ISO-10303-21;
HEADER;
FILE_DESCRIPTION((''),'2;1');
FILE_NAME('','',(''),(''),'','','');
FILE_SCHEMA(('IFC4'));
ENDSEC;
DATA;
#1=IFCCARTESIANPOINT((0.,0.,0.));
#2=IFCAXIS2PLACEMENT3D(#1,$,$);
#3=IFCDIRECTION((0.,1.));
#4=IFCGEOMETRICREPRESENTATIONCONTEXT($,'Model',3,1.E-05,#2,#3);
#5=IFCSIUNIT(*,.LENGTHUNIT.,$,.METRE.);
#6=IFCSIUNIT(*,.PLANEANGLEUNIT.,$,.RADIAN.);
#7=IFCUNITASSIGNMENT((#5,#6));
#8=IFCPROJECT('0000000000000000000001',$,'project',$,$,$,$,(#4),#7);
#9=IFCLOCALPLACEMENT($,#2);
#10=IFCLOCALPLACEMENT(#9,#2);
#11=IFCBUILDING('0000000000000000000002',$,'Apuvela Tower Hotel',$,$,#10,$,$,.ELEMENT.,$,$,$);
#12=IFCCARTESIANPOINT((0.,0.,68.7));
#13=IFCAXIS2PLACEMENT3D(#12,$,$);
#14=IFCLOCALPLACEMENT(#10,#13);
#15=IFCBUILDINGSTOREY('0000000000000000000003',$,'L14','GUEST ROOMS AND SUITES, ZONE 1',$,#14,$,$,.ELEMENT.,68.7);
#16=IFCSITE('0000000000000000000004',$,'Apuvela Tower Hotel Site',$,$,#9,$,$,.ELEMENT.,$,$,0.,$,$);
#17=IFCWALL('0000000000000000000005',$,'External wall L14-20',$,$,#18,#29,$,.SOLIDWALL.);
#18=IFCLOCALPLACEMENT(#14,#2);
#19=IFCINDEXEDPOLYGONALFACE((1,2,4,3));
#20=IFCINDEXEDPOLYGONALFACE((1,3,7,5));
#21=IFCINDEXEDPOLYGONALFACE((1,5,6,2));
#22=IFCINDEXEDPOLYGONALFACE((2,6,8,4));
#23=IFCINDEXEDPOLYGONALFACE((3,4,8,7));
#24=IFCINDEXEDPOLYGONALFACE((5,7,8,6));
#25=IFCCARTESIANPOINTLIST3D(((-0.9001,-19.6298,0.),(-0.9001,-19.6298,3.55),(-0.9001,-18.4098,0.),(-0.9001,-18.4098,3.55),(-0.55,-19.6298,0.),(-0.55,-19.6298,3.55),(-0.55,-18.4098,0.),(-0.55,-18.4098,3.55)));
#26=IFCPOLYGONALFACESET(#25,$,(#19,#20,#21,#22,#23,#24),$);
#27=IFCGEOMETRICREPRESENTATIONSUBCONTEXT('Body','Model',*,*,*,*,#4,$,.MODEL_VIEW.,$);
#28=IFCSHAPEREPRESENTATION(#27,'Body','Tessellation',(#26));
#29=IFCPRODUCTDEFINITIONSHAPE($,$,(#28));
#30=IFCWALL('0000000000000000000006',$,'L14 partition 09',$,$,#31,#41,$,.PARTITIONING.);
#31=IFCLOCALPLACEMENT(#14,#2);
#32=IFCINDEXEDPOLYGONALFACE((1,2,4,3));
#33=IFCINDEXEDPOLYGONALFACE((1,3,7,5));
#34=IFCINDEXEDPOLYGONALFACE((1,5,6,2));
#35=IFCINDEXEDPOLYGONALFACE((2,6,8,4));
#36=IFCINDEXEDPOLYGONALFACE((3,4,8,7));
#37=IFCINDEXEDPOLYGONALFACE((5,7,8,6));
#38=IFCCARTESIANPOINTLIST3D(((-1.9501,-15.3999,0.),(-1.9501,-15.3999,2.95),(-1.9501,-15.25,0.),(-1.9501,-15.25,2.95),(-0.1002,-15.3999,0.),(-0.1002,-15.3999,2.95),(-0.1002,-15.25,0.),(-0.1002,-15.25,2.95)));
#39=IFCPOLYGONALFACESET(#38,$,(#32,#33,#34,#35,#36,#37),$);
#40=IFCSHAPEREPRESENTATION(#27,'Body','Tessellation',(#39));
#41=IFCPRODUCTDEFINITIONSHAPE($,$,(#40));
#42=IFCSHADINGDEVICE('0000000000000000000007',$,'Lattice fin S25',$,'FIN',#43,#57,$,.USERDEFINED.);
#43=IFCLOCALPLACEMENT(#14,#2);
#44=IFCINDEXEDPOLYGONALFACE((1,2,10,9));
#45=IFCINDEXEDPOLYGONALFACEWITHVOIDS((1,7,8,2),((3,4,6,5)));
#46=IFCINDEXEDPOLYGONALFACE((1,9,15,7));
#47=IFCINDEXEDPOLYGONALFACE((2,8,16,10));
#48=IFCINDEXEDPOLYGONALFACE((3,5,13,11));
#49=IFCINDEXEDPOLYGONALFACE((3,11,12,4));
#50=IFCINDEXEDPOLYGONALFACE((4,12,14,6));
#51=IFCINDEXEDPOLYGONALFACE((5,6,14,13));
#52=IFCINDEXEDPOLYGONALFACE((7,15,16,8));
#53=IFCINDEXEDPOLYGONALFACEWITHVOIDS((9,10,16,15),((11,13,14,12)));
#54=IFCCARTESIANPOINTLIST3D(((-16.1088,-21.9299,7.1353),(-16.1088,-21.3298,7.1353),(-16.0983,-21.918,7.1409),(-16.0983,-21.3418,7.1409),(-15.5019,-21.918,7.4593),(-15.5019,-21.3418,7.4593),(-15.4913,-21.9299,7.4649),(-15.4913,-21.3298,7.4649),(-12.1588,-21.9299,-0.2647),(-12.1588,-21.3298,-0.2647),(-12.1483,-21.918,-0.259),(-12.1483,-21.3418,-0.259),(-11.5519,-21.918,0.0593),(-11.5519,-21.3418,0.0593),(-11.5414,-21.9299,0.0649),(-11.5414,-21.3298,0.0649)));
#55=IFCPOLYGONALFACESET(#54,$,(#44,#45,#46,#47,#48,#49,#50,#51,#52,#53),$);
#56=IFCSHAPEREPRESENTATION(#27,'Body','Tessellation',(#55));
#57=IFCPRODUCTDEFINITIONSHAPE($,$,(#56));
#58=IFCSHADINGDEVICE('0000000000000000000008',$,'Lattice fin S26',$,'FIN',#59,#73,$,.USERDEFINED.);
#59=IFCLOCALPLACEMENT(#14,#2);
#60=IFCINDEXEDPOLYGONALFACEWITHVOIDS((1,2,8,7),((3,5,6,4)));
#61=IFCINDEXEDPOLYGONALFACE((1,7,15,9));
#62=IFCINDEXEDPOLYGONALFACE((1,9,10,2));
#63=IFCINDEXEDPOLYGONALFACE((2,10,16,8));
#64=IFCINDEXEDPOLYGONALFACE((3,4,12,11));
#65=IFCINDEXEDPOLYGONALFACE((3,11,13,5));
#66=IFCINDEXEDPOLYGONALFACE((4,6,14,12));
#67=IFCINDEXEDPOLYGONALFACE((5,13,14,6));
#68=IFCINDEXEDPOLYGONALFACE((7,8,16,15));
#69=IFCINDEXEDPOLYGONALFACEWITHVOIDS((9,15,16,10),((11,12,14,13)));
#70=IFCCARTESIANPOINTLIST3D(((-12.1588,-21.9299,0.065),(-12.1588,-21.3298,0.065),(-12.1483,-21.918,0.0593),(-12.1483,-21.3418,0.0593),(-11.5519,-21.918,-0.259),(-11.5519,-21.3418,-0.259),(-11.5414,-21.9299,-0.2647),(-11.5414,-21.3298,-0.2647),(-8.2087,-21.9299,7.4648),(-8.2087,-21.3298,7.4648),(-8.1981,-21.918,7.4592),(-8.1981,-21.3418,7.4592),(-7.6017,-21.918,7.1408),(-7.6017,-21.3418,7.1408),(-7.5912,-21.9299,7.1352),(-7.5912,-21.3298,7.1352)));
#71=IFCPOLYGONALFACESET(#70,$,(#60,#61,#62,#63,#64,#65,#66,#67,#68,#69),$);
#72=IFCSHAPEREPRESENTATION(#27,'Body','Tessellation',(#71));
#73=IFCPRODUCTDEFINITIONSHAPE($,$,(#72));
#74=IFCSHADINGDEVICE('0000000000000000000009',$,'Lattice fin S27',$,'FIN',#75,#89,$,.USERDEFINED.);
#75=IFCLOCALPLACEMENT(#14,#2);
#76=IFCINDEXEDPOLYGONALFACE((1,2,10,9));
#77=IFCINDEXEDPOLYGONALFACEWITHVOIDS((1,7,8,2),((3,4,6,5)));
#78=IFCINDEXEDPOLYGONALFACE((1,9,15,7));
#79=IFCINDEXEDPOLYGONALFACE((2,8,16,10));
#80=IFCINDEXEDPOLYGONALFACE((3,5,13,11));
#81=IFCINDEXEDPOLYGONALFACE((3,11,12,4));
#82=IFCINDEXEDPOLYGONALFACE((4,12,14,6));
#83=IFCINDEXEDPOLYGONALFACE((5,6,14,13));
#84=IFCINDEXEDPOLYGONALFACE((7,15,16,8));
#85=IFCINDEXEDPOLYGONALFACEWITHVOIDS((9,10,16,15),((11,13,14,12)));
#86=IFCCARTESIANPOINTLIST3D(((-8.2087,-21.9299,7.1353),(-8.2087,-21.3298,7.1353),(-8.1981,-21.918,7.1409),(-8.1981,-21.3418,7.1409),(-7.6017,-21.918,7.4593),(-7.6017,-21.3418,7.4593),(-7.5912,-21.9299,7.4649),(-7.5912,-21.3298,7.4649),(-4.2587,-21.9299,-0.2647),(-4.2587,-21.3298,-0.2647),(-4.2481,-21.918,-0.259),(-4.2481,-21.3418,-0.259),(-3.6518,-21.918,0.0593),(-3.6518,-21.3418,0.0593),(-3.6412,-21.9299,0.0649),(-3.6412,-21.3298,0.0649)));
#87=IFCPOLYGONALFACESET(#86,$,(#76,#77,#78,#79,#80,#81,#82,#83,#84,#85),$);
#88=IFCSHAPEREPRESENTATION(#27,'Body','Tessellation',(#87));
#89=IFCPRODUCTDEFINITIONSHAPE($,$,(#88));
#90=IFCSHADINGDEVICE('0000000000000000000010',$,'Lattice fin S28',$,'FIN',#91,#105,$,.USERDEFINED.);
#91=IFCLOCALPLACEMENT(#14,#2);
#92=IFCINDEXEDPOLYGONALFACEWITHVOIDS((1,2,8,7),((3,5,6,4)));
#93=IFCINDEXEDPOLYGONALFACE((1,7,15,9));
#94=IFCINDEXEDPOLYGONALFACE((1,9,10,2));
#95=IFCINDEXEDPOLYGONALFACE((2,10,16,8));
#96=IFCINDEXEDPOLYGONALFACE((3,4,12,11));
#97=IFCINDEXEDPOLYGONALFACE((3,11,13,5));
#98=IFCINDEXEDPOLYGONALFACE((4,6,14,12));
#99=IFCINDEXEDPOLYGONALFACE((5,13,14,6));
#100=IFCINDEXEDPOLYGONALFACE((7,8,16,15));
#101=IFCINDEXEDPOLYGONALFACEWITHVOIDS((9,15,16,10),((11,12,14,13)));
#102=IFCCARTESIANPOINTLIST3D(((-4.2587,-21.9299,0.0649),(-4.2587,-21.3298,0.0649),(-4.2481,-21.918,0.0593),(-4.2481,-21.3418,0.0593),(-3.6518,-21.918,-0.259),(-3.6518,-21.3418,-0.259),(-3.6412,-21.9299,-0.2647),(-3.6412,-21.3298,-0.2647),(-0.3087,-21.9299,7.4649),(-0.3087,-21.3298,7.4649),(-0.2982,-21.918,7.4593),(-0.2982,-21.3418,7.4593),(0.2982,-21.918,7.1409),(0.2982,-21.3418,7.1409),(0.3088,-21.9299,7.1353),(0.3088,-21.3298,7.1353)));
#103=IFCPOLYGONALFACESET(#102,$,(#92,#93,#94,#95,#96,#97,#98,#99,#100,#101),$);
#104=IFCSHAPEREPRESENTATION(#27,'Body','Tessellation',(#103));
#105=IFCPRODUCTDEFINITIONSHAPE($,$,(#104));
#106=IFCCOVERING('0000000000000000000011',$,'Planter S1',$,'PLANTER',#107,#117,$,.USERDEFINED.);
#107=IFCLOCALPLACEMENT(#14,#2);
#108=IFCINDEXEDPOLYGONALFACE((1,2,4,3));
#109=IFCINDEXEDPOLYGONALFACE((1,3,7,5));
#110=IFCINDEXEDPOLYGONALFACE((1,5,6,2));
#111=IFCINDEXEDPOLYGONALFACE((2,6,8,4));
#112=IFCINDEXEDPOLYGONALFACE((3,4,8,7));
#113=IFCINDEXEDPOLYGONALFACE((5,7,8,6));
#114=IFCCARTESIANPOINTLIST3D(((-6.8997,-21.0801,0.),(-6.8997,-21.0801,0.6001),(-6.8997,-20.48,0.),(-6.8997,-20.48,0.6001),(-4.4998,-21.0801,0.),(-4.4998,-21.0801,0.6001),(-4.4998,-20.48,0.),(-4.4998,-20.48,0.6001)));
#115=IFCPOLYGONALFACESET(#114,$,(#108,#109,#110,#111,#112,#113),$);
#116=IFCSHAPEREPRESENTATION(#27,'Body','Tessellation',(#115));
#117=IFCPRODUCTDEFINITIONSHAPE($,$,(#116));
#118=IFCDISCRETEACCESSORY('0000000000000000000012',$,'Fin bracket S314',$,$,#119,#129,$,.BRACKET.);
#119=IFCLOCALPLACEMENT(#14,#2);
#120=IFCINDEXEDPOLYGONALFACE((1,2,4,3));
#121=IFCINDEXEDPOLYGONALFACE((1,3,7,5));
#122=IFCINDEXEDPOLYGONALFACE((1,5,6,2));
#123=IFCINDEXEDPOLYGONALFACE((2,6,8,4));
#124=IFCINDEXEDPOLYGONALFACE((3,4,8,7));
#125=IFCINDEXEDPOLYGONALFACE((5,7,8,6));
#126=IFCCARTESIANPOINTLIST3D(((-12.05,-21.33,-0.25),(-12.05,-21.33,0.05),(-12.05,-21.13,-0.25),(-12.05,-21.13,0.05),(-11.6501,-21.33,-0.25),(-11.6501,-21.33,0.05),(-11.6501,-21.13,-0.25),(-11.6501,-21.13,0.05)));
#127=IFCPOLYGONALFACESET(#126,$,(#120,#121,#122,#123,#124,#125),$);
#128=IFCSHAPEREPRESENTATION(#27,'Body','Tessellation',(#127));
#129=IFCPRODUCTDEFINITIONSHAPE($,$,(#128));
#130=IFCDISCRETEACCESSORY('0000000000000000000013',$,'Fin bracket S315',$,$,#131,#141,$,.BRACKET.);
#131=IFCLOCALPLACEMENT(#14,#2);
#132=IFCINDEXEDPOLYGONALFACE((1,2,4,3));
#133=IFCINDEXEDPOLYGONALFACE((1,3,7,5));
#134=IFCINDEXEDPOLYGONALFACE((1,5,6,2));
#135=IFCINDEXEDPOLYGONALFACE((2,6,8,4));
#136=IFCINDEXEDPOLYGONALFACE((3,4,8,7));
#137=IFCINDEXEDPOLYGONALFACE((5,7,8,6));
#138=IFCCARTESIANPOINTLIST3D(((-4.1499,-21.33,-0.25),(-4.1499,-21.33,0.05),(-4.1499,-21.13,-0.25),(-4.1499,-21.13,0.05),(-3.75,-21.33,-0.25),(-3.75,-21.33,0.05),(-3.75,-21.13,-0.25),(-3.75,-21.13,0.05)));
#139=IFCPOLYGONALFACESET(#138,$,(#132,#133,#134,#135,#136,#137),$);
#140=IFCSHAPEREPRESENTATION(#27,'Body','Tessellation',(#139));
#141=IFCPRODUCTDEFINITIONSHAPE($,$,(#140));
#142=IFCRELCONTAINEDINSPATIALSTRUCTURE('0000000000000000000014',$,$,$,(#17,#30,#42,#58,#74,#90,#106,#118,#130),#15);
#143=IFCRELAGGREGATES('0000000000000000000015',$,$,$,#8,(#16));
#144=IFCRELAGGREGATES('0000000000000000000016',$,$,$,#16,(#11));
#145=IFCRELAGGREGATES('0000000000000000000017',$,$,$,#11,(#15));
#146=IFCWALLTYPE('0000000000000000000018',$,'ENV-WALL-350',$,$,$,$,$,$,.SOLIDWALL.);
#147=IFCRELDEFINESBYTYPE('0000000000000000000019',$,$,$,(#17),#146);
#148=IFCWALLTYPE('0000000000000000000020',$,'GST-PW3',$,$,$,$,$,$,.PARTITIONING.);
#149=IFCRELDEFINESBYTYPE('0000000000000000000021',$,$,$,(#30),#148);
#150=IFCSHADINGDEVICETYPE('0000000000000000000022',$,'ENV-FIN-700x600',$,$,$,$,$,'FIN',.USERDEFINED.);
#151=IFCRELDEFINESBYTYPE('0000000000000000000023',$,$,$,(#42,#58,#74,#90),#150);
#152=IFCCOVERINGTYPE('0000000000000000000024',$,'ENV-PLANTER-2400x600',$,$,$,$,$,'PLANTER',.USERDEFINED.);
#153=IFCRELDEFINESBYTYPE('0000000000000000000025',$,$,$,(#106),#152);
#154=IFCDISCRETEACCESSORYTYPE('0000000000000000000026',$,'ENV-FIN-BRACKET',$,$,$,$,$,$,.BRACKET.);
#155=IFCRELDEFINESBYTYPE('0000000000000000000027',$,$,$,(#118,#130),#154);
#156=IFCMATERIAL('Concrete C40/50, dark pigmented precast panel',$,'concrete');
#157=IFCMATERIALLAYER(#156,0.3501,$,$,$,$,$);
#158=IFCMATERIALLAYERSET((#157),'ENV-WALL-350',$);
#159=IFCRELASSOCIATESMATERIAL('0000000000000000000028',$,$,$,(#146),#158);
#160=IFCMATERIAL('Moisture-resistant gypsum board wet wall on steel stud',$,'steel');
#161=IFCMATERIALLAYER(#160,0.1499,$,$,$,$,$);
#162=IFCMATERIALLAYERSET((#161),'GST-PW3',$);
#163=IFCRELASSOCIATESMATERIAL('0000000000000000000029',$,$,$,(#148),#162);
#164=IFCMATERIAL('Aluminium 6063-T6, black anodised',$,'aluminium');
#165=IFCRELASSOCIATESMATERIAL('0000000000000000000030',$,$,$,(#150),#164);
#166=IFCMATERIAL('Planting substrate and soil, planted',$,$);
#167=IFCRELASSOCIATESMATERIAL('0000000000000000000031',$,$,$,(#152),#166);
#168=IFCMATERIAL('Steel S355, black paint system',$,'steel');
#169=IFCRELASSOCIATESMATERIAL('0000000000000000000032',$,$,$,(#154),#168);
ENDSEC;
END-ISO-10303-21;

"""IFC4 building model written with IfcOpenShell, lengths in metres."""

from ifc_helpers import new_model, si_unit, direction, frame, frame_2d, origin, origin_2d, place, context, subcontext, project, spatial, rectangle, hollow_rectangle, extrude, material, layer, layer_set, material_profile, profile_set, type_object, element, save


model = new_model("IFC4")

# Units and contexts
model_context = context("Model", 3, precision=1e-05, world=origin(), true_north=direction((0.0, 1.0)))
body_context = subcontext(model_context, "Body", "Model", "MODEL_VIEW")
ifc_project = project(units=[si_unit("LENGTHUNIT", "METRE"), si_unit("PLANEANGLEUNIT", "RADIAN")], contexts=[model_context])

# Site, building, storey
site_placement = place(None, origin())
site = spatial("IfcSite", under=ifc_project, at=site_placement, Name="Apuvela Tower Hotel Site", CompositionType="ELEMENT", RefElevation=0.0)
building_placement = place(site_placement, origin())
building = spatial("IfcBuilding", under=site, at=building_placement, Name="Apuvela Tower Hotel", CompositionType="ELEMENT")
storey_placement = place(building_placement, frame((0.0, 0.0, 68.7)))
storey = spatial("IfcBuildingStorey", under=building, at=storey_placement, Name="L14", Description="GUEST ROOMS AND SUITES, ZONE 1", CompositionType="ELEMENT", Elevation=68.7)

# Shared definitions
ifc_material_1 = material(Name="Concrete C40/50, dark pigmented precast panel", Category="concrete")
ifc_layer_1 = layer(ifc_material_1, 0.3501)
ifc_layer_set_1 = layer_set([ifc_layer_1], Name="ENV-WALL-350")
wall_type_1 = type_object("IfcWallType", Name="ENV-WALL-350", PredefinedType="SOLIDWALL", material=ifc_layer_set_1)

# Wall
wall_1_placement = place(storey_placement, frame((-0.7251, -18.4099, 0.0), z_axis=(0.0, 0.0, 1.0), x_axis=(0.0, -1.0, 0.0)))
element("IfcWall", 1, at=wall_1_placement, inside=storey, type_object=wall_type_1, Name="External wall L14-20", PredefinedType="SOLIDWALL", context=body_context, shape_type="SweptSolid", body=[
    extrude(rectangle(XDim=1.22, YDim=0.3501, at=frame_2d((0.6099, 0.0))), origin(), (0.0, 0.0, 1.0), 3.55),
])

# Wall
ifc_material_2 = material(Name="Moisture-resistant gypsum board wet wall on steel stud", Category="steel")
ifc_layer_2 = layer(ifc_material_2, 0.1499)
ifc_layer_set_2 = layer_set([ifc_layer_2], Name="GST-PW3")
wall_type_2 = type_object("IfcWallType", Name="GST-PW3", PredefinedType="PARTITIONING", material=ifc_layer_set_2)
wall_2_placement = place(storey_placement, frame((-1.95, -15.325, 0.0), z_axis=(0.0, 0.0, 1.0), x_axis=(1.0, 0.0, 0.0)))
element("IfcWall", 2, at=wall_2_placement, inside=storey, type_object=wall_type_2, Name="L14 partition 09", PredefinedType="PARTITIONING", context=body_context, shape_type="SweptSolid", body=[
    extrude(rectangle(XDim=1.8499, YDim=0.1499, at=frame_2d((0.9248, 0.0))), origin(), (0.0, 0.0, 1.0), 2.95),
])

# Shading devices
ifc_material_3 = material(Name="Aluminium 6063-T6, black anodised", Category="aluminium")
ifc_material_profile_1 = material_profile(ifc_material_3, hollow_rectangle(XDim=0.6001, YDim=0.7, WallThickness=0.012, at=origin_2d()), Name="AL BOX 700x600x12")
ifc_profile_set_1 = profile_set([ifc_material_profile_1], Name="Aluminium 6063-T6, black anodised")
shading_device_type = type_object("IfcShadingDeviceType", Name="ENV-FIN-700x600", ElementType="FIN", PredefinedType="USERDEFINED", material=ifc_profile_set_1)
for number, where, z_axis, x_axis, name in (
    (3, (-11.8501, -21.6299, -0.0999), (-0.470898, 0.0, 0.882188), (0.0, -1.0, 0.0), "Lattice fin S25"),
    (4, (-11.8501, -21.6299, -0.0999), (0.470921, 0.0, 0.882176), (0.0, 1.0, 0.0), "Lattice fin S26"),
    (5, (-3.95, -21.6299, -0.0999), (-0.470898, 0.0, 0.882188), (0.0, -1.0, 0.0), "Lattice fin S27"),
    (6, (-3.95, -21.6299, -0.0999), (0.470898, 0.0, 0.882188), (0.0, 1.0, 0.0), "Lattice fin S28"),
):
    element("IfcShadingDevice", number, at=place(storey_placement, frame(where, z_axis=z_axis, x_axis=x_axis)), inside=storey, type_object=shading_device_type, Name=name, ObjectType="FIN", PredefinedType="USERDEFINED", context=body_context, shape_type="SweptSolid", body=[
        extrude(hollow_rectangle(XDim=0.6001, YDim=0.7, WallThickness=0.012, at=origin_2d()), origin(), (0.0, 0.0, 1.0), 8.3882),
    ])

# Covering
ifc_material_4 = material(Name="Planting substrate and soil, planted")
covering_type = type_object("IfcCoveringType", Name="ENV-PLANTER-2400x600", ElementType="PLANTER", PredefinedType="USERDEFINED", material=ifc_material_4)
covering_placement = place(storey_placement, frame((-5.6997, -20.78, 0.0), z_axis=(0.0, 0.0, 1.0), x_axis=(1.0, 0.0, 0.0)))
element("IfcCovering", 7, at=covering_placement, inside=storey, type_object=covering_type, Name="Planter S1", ObjectType="PLANTER", PredefinedType="USERDEFINED", context=body_context, shape_type="SweptSolid", body=[
    extrude(rectangle(XDim=2.3999, YDim=0.6001, at=origin_2d()), origin(), (0.0, 0.0, 1.0), 0.6001),
])

# Discrete accessories
ifc_material_5 = material(Name="Steel S355, black paint system", Category="steel")
discrete_accessory_type = type_object("IfcDiscreteAccessoryType", Name="ENV-FIN-BRACKET", PredefinedType="BRACKET", material=ifc_material_5)
for number, where, z_axis, x_axis, name in (
    (8, (-11.8501, -21.23, -0.25), (0.0, 0.0, 1.0), (1.0, 0.0, 0.0), "Fin bracket S314"),
    (9, (-3.95, -21.23, -0.25), (0.0, 0.0, 1.0), (1.0, 0.0, 0.0), "Fin bracket S315"),
):
    element("IfcDiscreteAccessory", number, at=place(storey_placement, frame(where, z_axis=z_axis, x_axis=x_axis)), inside=storey, type_object=discrete_accessory_type, Name=name, PredefinedType="BRACKET", context=body_context, shape_type="SweptSolid", body=[
        extrude(rectangle(XDim=0.3999, YDim=0.2, at=origin_2d()), origin(), (0.0, 0.0, 1.0), 0.3),
    ])

save(model, "model.ifc")
